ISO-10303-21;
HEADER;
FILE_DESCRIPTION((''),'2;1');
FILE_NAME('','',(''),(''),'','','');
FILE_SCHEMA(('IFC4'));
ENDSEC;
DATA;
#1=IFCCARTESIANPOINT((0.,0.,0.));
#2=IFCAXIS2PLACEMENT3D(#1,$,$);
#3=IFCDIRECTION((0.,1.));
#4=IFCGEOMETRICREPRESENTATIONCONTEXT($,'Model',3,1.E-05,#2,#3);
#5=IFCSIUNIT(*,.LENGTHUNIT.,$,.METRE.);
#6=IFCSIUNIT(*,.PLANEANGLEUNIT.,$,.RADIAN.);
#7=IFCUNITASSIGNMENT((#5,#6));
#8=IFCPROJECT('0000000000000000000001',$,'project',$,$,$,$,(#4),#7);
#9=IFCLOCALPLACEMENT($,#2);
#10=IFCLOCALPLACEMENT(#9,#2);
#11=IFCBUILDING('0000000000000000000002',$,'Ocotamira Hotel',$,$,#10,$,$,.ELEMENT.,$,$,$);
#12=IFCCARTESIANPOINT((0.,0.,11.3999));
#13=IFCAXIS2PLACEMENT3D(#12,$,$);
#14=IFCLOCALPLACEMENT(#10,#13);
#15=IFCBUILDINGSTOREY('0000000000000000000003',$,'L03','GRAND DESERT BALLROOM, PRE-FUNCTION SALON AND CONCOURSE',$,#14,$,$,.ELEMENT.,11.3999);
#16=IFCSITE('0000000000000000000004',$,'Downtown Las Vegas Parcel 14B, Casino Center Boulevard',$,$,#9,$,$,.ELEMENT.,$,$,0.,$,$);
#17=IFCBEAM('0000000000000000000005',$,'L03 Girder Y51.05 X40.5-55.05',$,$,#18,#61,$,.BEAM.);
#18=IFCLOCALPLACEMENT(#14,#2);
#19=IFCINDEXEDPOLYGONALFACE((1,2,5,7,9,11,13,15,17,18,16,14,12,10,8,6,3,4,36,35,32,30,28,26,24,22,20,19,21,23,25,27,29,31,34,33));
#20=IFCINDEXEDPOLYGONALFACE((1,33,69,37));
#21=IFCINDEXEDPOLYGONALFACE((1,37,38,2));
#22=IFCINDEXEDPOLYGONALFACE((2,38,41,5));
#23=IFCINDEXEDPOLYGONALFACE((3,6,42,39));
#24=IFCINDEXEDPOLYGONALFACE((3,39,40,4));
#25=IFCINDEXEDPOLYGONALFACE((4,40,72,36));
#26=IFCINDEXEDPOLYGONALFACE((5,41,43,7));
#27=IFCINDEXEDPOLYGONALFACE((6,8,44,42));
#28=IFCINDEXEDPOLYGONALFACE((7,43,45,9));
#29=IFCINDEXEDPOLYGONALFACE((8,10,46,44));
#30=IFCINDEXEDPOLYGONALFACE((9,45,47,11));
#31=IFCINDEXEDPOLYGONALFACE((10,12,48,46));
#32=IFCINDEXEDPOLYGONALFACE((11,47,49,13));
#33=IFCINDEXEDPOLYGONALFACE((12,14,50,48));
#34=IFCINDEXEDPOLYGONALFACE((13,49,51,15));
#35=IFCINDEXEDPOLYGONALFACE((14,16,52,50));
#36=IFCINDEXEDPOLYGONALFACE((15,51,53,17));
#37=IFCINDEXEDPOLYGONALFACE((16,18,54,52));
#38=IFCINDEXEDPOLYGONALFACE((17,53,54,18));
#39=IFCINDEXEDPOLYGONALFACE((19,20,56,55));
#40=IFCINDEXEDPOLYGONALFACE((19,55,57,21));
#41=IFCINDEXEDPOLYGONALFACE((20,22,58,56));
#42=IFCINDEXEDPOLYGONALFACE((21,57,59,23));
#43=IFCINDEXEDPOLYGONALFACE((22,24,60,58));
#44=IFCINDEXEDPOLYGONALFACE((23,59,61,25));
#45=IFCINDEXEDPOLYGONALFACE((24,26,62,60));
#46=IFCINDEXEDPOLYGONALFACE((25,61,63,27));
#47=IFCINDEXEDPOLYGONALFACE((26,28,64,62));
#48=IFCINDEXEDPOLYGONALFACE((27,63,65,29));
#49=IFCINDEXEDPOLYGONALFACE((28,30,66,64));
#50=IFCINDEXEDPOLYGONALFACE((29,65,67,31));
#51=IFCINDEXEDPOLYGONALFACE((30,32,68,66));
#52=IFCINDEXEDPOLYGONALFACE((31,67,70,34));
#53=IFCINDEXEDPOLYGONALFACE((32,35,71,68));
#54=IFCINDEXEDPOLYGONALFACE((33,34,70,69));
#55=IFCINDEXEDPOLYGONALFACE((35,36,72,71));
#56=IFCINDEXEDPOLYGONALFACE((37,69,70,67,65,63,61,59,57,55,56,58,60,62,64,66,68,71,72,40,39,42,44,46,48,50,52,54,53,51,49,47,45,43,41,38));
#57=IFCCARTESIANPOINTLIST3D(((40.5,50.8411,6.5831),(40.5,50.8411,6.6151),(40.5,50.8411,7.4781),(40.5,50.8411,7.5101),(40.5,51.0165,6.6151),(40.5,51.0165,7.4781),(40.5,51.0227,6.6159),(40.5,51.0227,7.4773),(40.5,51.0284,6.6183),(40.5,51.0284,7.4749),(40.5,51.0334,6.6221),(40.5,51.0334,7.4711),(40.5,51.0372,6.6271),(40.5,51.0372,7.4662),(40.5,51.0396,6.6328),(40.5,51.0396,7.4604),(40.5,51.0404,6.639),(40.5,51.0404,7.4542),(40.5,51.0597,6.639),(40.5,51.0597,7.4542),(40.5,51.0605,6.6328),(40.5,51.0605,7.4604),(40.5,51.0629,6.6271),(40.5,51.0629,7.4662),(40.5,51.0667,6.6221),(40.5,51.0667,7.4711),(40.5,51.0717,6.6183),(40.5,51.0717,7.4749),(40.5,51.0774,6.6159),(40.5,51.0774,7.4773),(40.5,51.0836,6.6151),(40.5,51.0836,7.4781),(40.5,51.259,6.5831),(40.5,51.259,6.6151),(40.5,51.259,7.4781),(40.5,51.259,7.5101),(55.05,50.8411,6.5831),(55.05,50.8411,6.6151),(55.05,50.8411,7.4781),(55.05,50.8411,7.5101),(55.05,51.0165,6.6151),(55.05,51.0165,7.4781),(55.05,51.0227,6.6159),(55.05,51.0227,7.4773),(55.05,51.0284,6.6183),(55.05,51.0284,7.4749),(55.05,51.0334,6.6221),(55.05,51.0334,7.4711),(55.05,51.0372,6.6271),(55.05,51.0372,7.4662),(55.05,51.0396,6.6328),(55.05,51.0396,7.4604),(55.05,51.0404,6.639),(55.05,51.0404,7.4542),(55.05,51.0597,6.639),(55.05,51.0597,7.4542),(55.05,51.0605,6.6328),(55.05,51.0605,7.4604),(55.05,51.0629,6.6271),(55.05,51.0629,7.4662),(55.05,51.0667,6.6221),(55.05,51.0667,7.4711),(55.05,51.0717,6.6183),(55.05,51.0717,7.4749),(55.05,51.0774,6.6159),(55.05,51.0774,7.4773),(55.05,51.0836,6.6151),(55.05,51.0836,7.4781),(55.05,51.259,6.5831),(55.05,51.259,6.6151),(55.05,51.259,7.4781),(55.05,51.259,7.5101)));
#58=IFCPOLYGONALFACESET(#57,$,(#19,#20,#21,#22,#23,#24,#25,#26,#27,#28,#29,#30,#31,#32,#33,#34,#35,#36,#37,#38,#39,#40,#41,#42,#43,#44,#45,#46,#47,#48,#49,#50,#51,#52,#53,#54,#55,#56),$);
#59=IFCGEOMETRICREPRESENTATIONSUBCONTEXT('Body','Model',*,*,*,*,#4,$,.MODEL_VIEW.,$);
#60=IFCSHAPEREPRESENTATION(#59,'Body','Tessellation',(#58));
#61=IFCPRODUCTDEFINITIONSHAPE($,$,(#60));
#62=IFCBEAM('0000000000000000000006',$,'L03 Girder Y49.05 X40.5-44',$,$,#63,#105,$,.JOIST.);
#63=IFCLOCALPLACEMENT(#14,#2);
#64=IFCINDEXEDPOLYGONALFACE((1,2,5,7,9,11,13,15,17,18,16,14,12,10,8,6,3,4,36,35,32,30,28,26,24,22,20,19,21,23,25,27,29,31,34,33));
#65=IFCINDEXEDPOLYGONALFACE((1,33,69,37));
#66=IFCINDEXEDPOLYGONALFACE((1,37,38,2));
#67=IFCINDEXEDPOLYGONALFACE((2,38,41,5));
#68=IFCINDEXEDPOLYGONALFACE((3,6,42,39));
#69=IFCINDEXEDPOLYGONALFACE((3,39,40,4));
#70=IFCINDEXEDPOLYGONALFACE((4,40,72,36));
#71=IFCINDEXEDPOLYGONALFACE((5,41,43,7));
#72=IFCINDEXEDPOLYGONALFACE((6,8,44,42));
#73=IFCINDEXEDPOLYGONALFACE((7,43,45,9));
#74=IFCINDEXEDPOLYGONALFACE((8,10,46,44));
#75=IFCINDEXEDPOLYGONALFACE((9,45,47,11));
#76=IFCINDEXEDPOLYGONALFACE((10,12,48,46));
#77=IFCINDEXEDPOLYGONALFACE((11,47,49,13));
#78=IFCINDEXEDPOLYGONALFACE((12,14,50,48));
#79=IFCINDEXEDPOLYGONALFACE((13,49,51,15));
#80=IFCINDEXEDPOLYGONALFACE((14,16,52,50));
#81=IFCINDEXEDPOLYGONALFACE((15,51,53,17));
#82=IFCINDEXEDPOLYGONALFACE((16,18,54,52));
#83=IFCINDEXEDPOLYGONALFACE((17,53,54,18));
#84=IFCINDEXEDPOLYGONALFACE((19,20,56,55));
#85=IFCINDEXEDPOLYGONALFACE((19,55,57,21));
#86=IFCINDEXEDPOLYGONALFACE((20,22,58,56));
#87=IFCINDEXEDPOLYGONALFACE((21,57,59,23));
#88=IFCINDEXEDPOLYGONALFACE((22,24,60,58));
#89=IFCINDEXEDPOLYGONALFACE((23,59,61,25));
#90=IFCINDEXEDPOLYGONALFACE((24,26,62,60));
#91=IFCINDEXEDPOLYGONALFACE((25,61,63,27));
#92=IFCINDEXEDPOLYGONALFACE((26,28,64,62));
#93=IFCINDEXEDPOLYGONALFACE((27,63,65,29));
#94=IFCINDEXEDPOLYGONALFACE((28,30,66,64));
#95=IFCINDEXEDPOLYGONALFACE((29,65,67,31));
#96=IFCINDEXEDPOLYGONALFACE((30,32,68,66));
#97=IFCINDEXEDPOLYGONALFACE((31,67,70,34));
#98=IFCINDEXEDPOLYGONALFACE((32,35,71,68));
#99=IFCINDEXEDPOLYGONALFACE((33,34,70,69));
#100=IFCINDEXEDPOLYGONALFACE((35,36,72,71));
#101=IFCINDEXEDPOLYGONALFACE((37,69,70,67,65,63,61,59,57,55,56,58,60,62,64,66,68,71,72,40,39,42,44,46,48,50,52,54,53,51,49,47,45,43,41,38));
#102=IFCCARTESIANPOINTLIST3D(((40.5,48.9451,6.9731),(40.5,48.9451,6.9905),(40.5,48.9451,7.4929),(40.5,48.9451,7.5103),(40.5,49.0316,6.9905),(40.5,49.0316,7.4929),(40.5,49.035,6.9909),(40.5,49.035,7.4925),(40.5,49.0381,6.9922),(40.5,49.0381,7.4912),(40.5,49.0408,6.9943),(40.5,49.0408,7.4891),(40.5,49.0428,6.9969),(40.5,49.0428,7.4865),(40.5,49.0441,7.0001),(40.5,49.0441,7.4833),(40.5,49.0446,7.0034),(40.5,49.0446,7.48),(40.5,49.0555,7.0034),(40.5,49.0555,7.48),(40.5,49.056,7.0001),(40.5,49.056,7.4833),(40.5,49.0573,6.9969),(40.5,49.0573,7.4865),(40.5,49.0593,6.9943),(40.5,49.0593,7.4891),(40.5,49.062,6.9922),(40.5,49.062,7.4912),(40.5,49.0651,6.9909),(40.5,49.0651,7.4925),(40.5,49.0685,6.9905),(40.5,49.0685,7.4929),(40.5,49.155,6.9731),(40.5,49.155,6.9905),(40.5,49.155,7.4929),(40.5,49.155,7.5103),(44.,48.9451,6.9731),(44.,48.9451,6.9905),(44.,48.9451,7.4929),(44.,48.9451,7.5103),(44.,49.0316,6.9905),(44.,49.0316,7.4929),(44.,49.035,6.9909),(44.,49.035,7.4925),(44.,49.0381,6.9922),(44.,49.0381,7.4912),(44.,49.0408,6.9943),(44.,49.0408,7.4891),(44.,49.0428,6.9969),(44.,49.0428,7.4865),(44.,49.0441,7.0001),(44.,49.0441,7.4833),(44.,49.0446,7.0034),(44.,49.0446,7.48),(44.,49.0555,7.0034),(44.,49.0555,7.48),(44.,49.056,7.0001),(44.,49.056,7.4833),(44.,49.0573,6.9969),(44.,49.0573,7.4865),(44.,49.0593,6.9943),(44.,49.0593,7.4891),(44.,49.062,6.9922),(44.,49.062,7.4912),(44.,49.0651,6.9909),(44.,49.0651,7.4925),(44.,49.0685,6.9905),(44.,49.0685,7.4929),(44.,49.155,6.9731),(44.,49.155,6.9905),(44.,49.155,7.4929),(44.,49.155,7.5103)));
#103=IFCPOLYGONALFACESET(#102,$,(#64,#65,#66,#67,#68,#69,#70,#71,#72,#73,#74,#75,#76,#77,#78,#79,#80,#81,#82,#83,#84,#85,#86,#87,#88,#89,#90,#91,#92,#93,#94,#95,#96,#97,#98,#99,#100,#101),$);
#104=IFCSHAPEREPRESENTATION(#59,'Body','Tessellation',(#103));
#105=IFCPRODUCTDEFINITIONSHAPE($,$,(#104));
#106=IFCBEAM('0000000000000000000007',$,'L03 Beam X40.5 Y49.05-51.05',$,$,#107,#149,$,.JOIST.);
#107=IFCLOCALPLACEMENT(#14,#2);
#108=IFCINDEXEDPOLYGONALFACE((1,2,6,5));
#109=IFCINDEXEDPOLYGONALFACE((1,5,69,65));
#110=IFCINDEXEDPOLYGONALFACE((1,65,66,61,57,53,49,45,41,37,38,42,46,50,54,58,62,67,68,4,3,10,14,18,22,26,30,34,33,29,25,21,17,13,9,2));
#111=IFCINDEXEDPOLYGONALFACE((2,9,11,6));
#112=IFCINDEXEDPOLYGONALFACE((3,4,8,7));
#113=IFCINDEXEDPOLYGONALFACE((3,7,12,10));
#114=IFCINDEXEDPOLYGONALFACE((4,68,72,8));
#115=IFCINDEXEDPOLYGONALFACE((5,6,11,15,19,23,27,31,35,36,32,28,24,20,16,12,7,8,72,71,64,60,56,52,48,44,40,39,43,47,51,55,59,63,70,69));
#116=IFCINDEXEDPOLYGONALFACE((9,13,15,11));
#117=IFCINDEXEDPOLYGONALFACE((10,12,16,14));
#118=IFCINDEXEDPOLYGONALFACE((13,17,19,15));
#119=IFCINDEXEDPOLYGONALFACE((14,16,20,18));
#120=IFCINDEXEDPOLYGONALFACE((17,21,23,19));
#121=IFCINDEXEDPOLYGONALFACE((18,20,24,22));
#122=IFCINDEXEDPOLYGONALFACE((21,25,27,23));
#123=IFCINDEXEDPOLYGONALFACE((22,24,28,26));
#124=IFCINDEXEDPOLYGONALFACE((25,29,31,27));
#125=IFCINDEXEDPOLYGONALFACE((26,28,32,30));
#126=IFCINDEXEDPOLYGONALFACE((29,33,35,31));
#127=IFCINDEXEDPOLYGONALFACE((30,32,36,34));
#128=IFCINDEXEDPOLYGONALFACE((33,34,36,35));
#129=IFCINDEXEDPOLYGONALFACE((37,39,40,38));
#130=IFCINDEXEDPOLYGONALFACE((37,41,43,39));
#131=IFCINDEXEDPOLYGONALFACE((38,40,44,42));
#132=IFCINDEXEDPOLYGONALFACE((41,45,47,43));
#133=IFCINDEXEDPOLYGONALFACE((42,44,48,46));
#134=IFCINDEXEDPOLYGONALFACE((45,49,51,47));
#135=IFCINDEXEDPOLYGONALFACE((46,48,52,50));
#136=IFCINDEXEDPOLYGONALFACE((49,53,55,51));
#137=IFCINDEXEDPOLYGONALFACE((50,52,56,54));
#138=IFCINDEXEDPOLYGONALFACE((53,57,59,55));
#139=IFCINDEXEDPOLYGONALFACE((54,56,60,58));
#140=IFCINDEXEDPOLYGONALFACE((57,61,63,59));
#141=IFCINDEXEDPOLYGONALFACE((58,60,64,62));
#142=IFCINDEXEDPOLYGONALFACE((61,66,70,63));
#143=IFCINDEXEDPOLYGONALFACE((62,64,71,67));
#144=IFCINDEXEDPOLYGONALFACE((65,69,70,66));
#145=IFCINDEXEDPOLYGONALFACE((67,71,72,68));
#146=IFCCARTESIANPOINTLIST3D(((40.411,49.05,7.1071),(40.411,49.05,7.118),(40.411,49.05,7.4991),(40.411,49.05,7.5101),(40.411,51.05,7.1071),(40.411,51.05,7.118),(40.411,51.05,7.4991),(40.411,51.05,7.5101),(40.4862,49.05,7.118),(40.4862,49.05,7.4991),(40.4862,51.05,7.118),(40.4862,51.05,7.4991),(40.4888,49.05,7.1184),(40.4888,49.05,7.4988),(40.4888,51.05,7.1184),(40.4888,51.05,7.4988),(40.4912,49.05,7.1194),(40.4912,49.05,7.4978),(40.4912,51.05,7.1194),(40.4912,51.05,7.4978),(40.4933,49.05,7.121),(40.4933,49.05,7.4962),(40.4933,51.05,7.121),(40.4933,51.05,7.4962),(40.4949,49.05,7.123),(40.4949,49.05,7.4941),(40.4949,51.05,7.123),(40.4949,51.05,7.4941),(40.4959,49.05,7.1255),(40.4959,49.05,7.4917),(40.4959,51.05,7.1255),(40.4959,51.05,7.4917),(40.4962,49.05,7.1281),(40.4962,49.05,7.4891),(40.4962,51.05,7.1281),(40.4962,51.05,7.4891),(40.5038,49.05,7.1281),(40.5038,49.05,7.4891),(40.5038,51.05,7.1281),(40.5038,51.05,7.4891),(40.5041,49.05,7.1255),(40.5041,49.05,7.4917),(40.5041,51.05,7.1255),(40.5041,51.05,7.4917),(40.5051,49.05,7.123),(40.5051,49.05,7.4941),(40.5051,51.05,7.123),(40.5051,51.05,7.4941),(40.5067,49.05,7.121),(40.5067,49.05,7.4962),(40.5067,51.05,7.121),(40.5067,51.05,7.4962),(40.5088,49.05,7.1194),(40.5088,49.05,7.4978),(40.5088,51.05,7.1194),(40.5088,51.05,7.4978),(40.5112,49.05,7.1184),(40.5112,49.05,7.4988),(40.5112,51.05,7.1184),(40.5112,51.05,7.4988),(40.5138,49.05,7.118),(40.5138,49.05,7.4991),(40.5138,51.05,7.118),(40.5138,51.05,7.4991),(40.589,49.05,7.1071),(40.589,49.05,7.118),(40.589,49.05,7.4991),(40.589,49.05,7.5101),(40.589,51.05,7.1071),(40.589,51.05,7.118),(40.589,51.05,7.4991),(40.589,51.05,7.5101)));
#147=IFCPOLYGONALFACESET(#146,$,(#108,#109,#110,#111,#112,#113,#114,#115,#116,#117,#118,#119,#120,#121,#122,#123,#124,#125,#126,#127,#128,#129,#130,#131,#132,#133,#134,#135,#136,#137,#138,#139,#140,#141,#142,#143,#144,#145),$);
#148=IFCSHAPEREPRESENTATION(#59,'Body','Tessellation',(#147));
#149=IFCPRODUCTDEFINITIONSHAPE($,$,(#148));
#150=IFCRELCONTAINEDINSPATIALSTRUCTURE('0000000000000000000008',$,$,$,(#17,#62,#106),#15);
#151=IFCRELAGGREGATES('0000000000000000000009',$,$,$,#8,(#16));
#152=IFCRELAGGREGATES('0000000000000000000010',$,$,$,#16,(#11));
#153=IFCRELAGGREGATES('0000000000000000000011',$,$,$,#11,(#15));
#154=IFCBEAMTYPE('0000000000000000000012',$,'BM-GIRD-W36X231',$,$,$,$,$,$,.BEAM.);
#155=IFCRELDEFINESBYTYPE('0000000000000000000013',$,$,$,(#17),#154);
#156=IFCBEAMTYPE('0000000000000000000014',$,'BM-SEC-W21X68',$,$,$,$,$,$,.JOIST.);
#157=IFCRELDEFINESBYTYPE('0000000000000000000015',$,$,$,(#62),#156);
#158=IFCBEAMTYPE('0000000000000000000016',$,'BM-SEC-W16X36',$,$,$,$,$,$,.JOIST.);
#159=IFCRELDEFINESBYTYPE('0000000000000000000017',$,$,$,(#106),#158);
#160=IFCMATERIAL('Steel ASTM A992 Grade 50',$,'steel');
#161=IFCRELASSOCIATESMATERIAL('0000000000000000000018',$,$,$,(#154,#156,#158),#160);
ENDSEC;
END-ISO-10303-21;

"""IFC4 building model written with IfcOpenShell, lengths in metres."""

from ifc_helpers import new_model, si_unit, direction, frame, origin, origin_2d, place, context, subcontext, project, spatial, i_section, extrude, source, transform, mapped, material, material_profile, profile_set, type_object, element, save


model = new_model("IFC4")

# Units and contexts
model_context = context("Model", 3, precision=1e-05, world=origin(), true_north=direction((0.0, 1.0)))
body_context = subcontext(model_context, "Body", "Model", "MODEL_VIEW")
ifc_project = project(units=[si_unit("LENGTHUNIT", "METRE"), si_unit("PLANEANGLEUNIT", "RADIAN")], contexts=[model_context])

# Site, building, storey
site_placement = place(None, origin())
site = spatial("IfcSite", under=ifc_project, at=site_placement, Name="Downtown Las Vegas Parcel 14B, Casino Center Boulevard", CompositionType="ELEMENT", RefElevation=0.0)
building_placement = place(site_placement, origin())
building = spatial("IfcBuilding", under=site, at=building_placement, Name="Ocotamira Hotel", CompositionType="ELEMENT")
storey_placement = place(building_placement, frame((0.0, 0.0, 11.3999)))
storey = spatial("IfcBuildingStorey", under=building, at=storey_placement, Name="L03", Description="GRAND DESERT BALLROOM, PRE-FUNCTION SALON AND CONCOURSE", CompositionType="ELEMENT", Elevation=11.3999)

# Beams
ifc_material_1 = material(Name="Steel ASTM A992 Grade 50", Category="steel")
ifc_material_profile_1 = material_profile(ifc_material_1, i_section(OverallWidth=0.418, OverallDepth=0.927, WebThickness=0.0193, FlangeThickness=0.032, FilletRadius=0.0239, at=origin_2d()), Name="W36X231")
ifc_profile_set_1 = profile_set([ifc_material_profile_1], Name="Steel ASTM A992 Grade 50")
beam_type_1 = type_object("IfcBeamType", Name="BM-GIRD-W36X231", PredefinedType="BEAM", material=ifc_profile_set_1)
shared_shape_1 = source(origin(), body_context, "Body", "SweptSolid", [
    extrude(i_section(OverallWidth=0.418, OverallDepth=0.927, WebThickness=0.0193, FlangeThickness=0.032, FilletRadius=0.0239, at=origin_2d()), origin(), (0.0, 0.0, 1.0), 14.55),
])
for number, where, z_axis, x_axis, name in (
    (1, (40.5, 51.05, 7.0466), (1.0, 0.0, 0.0), (0.0, 1.0, 0.0), "L03 Girder Y51.05 X40.5-55.05"),
):
    element("IfcBeam", number, at=place(storey_placement, frame(where, z_axis=z_axis, x_axis=x_axis)), inside=storey, type_object=beam_type_1, Name=name, PredefinedType="BEAM", context=body_context, shape_type="MappedRepresentation", body=[
        mapped(shared_shape_1, transform((0.0, 0.0, 0.0), scale=1.0)),
    ])
ifc_material_profile_2 = material_profile(ifc_material_1, i_section(OverallWidth=0.21, OverallDepth=0.5371, WebThickness=0.011, FlangeThickness=0.0173, FilletRadius=0.0129, at=origin_2d()), Name="W21X68")
ifc_profile_set_2 = profile_set([ifc_material_profile_2], Name="Steel ASTM A992 Grade 50")
beam_type_2 = type_object("IfcBeamType", Name="BM-SEC-W21X68", PredefinedType="JOIST", material=ifc_profile_set_2)
shared_shape_2 = source(origin(), body_context, "Body", "SweptSolid", [
    extrude(i_section(OverallWidth=0.21, OverallDepth=0.5371, WebThickness=0.011, FlangeThickness=0.0173, FilletRadius=0.0129, at=origin_2d()), origin(), (0.0, 0.0, 1.0), 3.5),
])
beam_1_placement = place(storey_placement, frame((40.5, 49.05, 7.2417), z_axis=(1.0, 0.0, 0.0), x_axis=(0.0, 1.0, 0.0)))
element("IfcBeam", 2, at=beam_1_placement, inside=storey, type_object=beam_type_2, Name="L03 Girder Y49.05 X40.5-44", PredefinedType="JOIST", context=body_context, shape_type="MappedRepresentation", body=[
    mapped(shared_shape_2, transform((0.0, 0.0, 0.0), scale=1.0)),
])
ifc_material_profile_3 = material_profile(ifc_material_1, i_section(OverallWidth=0.178, OverallDepth=0.4031, WebThickness=0.0076, FlangeThickness=0.011, FilletRadius=0.01, at=origin_2d()), Name="W16X36")
ifc_profile_set_3 = profile_set([ifc_material_profile_3], Name="Steel ASTM A992 Grade 50")
beam_type_3 = type_object("IfcBeamType", Name="BM-SEC-W16X36", PredefinedType="JOIST", material=ifc_profile_set_3)
shared_shape_3 = source(origin(), body_context, "Body", "SweptSolid", [
    extrude(i_section(OverallWidth=0.178, OverallDepth=0.4031, WebThickness=0.0076, FlangeThickness=0.011, FilletRadius=0.01, at=origin_2d()), origin(), (0.0, 0.0, 1.0), 2.0),
])
beam_2_placement = place(storey_placement, frame((40.5, 49.05, 7.3086), z_axis=(0.0, 1.0, 0.0), x_axis=(-1.0, 0.0, 0.0)))
element("IfcBeam", 3, at=beam_2_placement, inside=storey, type_object=beam_type_3, Name="L03 Beam X40.5 Y49.05-51.05", PredefinedType="JOIST", context=body_context, shape_type="MappedRepresentation", body=[
    mapped(shared_shape_3, transform((0.0, 0.0, 0.0), scale=1.0)),
])

save(model, "model.ifc")
